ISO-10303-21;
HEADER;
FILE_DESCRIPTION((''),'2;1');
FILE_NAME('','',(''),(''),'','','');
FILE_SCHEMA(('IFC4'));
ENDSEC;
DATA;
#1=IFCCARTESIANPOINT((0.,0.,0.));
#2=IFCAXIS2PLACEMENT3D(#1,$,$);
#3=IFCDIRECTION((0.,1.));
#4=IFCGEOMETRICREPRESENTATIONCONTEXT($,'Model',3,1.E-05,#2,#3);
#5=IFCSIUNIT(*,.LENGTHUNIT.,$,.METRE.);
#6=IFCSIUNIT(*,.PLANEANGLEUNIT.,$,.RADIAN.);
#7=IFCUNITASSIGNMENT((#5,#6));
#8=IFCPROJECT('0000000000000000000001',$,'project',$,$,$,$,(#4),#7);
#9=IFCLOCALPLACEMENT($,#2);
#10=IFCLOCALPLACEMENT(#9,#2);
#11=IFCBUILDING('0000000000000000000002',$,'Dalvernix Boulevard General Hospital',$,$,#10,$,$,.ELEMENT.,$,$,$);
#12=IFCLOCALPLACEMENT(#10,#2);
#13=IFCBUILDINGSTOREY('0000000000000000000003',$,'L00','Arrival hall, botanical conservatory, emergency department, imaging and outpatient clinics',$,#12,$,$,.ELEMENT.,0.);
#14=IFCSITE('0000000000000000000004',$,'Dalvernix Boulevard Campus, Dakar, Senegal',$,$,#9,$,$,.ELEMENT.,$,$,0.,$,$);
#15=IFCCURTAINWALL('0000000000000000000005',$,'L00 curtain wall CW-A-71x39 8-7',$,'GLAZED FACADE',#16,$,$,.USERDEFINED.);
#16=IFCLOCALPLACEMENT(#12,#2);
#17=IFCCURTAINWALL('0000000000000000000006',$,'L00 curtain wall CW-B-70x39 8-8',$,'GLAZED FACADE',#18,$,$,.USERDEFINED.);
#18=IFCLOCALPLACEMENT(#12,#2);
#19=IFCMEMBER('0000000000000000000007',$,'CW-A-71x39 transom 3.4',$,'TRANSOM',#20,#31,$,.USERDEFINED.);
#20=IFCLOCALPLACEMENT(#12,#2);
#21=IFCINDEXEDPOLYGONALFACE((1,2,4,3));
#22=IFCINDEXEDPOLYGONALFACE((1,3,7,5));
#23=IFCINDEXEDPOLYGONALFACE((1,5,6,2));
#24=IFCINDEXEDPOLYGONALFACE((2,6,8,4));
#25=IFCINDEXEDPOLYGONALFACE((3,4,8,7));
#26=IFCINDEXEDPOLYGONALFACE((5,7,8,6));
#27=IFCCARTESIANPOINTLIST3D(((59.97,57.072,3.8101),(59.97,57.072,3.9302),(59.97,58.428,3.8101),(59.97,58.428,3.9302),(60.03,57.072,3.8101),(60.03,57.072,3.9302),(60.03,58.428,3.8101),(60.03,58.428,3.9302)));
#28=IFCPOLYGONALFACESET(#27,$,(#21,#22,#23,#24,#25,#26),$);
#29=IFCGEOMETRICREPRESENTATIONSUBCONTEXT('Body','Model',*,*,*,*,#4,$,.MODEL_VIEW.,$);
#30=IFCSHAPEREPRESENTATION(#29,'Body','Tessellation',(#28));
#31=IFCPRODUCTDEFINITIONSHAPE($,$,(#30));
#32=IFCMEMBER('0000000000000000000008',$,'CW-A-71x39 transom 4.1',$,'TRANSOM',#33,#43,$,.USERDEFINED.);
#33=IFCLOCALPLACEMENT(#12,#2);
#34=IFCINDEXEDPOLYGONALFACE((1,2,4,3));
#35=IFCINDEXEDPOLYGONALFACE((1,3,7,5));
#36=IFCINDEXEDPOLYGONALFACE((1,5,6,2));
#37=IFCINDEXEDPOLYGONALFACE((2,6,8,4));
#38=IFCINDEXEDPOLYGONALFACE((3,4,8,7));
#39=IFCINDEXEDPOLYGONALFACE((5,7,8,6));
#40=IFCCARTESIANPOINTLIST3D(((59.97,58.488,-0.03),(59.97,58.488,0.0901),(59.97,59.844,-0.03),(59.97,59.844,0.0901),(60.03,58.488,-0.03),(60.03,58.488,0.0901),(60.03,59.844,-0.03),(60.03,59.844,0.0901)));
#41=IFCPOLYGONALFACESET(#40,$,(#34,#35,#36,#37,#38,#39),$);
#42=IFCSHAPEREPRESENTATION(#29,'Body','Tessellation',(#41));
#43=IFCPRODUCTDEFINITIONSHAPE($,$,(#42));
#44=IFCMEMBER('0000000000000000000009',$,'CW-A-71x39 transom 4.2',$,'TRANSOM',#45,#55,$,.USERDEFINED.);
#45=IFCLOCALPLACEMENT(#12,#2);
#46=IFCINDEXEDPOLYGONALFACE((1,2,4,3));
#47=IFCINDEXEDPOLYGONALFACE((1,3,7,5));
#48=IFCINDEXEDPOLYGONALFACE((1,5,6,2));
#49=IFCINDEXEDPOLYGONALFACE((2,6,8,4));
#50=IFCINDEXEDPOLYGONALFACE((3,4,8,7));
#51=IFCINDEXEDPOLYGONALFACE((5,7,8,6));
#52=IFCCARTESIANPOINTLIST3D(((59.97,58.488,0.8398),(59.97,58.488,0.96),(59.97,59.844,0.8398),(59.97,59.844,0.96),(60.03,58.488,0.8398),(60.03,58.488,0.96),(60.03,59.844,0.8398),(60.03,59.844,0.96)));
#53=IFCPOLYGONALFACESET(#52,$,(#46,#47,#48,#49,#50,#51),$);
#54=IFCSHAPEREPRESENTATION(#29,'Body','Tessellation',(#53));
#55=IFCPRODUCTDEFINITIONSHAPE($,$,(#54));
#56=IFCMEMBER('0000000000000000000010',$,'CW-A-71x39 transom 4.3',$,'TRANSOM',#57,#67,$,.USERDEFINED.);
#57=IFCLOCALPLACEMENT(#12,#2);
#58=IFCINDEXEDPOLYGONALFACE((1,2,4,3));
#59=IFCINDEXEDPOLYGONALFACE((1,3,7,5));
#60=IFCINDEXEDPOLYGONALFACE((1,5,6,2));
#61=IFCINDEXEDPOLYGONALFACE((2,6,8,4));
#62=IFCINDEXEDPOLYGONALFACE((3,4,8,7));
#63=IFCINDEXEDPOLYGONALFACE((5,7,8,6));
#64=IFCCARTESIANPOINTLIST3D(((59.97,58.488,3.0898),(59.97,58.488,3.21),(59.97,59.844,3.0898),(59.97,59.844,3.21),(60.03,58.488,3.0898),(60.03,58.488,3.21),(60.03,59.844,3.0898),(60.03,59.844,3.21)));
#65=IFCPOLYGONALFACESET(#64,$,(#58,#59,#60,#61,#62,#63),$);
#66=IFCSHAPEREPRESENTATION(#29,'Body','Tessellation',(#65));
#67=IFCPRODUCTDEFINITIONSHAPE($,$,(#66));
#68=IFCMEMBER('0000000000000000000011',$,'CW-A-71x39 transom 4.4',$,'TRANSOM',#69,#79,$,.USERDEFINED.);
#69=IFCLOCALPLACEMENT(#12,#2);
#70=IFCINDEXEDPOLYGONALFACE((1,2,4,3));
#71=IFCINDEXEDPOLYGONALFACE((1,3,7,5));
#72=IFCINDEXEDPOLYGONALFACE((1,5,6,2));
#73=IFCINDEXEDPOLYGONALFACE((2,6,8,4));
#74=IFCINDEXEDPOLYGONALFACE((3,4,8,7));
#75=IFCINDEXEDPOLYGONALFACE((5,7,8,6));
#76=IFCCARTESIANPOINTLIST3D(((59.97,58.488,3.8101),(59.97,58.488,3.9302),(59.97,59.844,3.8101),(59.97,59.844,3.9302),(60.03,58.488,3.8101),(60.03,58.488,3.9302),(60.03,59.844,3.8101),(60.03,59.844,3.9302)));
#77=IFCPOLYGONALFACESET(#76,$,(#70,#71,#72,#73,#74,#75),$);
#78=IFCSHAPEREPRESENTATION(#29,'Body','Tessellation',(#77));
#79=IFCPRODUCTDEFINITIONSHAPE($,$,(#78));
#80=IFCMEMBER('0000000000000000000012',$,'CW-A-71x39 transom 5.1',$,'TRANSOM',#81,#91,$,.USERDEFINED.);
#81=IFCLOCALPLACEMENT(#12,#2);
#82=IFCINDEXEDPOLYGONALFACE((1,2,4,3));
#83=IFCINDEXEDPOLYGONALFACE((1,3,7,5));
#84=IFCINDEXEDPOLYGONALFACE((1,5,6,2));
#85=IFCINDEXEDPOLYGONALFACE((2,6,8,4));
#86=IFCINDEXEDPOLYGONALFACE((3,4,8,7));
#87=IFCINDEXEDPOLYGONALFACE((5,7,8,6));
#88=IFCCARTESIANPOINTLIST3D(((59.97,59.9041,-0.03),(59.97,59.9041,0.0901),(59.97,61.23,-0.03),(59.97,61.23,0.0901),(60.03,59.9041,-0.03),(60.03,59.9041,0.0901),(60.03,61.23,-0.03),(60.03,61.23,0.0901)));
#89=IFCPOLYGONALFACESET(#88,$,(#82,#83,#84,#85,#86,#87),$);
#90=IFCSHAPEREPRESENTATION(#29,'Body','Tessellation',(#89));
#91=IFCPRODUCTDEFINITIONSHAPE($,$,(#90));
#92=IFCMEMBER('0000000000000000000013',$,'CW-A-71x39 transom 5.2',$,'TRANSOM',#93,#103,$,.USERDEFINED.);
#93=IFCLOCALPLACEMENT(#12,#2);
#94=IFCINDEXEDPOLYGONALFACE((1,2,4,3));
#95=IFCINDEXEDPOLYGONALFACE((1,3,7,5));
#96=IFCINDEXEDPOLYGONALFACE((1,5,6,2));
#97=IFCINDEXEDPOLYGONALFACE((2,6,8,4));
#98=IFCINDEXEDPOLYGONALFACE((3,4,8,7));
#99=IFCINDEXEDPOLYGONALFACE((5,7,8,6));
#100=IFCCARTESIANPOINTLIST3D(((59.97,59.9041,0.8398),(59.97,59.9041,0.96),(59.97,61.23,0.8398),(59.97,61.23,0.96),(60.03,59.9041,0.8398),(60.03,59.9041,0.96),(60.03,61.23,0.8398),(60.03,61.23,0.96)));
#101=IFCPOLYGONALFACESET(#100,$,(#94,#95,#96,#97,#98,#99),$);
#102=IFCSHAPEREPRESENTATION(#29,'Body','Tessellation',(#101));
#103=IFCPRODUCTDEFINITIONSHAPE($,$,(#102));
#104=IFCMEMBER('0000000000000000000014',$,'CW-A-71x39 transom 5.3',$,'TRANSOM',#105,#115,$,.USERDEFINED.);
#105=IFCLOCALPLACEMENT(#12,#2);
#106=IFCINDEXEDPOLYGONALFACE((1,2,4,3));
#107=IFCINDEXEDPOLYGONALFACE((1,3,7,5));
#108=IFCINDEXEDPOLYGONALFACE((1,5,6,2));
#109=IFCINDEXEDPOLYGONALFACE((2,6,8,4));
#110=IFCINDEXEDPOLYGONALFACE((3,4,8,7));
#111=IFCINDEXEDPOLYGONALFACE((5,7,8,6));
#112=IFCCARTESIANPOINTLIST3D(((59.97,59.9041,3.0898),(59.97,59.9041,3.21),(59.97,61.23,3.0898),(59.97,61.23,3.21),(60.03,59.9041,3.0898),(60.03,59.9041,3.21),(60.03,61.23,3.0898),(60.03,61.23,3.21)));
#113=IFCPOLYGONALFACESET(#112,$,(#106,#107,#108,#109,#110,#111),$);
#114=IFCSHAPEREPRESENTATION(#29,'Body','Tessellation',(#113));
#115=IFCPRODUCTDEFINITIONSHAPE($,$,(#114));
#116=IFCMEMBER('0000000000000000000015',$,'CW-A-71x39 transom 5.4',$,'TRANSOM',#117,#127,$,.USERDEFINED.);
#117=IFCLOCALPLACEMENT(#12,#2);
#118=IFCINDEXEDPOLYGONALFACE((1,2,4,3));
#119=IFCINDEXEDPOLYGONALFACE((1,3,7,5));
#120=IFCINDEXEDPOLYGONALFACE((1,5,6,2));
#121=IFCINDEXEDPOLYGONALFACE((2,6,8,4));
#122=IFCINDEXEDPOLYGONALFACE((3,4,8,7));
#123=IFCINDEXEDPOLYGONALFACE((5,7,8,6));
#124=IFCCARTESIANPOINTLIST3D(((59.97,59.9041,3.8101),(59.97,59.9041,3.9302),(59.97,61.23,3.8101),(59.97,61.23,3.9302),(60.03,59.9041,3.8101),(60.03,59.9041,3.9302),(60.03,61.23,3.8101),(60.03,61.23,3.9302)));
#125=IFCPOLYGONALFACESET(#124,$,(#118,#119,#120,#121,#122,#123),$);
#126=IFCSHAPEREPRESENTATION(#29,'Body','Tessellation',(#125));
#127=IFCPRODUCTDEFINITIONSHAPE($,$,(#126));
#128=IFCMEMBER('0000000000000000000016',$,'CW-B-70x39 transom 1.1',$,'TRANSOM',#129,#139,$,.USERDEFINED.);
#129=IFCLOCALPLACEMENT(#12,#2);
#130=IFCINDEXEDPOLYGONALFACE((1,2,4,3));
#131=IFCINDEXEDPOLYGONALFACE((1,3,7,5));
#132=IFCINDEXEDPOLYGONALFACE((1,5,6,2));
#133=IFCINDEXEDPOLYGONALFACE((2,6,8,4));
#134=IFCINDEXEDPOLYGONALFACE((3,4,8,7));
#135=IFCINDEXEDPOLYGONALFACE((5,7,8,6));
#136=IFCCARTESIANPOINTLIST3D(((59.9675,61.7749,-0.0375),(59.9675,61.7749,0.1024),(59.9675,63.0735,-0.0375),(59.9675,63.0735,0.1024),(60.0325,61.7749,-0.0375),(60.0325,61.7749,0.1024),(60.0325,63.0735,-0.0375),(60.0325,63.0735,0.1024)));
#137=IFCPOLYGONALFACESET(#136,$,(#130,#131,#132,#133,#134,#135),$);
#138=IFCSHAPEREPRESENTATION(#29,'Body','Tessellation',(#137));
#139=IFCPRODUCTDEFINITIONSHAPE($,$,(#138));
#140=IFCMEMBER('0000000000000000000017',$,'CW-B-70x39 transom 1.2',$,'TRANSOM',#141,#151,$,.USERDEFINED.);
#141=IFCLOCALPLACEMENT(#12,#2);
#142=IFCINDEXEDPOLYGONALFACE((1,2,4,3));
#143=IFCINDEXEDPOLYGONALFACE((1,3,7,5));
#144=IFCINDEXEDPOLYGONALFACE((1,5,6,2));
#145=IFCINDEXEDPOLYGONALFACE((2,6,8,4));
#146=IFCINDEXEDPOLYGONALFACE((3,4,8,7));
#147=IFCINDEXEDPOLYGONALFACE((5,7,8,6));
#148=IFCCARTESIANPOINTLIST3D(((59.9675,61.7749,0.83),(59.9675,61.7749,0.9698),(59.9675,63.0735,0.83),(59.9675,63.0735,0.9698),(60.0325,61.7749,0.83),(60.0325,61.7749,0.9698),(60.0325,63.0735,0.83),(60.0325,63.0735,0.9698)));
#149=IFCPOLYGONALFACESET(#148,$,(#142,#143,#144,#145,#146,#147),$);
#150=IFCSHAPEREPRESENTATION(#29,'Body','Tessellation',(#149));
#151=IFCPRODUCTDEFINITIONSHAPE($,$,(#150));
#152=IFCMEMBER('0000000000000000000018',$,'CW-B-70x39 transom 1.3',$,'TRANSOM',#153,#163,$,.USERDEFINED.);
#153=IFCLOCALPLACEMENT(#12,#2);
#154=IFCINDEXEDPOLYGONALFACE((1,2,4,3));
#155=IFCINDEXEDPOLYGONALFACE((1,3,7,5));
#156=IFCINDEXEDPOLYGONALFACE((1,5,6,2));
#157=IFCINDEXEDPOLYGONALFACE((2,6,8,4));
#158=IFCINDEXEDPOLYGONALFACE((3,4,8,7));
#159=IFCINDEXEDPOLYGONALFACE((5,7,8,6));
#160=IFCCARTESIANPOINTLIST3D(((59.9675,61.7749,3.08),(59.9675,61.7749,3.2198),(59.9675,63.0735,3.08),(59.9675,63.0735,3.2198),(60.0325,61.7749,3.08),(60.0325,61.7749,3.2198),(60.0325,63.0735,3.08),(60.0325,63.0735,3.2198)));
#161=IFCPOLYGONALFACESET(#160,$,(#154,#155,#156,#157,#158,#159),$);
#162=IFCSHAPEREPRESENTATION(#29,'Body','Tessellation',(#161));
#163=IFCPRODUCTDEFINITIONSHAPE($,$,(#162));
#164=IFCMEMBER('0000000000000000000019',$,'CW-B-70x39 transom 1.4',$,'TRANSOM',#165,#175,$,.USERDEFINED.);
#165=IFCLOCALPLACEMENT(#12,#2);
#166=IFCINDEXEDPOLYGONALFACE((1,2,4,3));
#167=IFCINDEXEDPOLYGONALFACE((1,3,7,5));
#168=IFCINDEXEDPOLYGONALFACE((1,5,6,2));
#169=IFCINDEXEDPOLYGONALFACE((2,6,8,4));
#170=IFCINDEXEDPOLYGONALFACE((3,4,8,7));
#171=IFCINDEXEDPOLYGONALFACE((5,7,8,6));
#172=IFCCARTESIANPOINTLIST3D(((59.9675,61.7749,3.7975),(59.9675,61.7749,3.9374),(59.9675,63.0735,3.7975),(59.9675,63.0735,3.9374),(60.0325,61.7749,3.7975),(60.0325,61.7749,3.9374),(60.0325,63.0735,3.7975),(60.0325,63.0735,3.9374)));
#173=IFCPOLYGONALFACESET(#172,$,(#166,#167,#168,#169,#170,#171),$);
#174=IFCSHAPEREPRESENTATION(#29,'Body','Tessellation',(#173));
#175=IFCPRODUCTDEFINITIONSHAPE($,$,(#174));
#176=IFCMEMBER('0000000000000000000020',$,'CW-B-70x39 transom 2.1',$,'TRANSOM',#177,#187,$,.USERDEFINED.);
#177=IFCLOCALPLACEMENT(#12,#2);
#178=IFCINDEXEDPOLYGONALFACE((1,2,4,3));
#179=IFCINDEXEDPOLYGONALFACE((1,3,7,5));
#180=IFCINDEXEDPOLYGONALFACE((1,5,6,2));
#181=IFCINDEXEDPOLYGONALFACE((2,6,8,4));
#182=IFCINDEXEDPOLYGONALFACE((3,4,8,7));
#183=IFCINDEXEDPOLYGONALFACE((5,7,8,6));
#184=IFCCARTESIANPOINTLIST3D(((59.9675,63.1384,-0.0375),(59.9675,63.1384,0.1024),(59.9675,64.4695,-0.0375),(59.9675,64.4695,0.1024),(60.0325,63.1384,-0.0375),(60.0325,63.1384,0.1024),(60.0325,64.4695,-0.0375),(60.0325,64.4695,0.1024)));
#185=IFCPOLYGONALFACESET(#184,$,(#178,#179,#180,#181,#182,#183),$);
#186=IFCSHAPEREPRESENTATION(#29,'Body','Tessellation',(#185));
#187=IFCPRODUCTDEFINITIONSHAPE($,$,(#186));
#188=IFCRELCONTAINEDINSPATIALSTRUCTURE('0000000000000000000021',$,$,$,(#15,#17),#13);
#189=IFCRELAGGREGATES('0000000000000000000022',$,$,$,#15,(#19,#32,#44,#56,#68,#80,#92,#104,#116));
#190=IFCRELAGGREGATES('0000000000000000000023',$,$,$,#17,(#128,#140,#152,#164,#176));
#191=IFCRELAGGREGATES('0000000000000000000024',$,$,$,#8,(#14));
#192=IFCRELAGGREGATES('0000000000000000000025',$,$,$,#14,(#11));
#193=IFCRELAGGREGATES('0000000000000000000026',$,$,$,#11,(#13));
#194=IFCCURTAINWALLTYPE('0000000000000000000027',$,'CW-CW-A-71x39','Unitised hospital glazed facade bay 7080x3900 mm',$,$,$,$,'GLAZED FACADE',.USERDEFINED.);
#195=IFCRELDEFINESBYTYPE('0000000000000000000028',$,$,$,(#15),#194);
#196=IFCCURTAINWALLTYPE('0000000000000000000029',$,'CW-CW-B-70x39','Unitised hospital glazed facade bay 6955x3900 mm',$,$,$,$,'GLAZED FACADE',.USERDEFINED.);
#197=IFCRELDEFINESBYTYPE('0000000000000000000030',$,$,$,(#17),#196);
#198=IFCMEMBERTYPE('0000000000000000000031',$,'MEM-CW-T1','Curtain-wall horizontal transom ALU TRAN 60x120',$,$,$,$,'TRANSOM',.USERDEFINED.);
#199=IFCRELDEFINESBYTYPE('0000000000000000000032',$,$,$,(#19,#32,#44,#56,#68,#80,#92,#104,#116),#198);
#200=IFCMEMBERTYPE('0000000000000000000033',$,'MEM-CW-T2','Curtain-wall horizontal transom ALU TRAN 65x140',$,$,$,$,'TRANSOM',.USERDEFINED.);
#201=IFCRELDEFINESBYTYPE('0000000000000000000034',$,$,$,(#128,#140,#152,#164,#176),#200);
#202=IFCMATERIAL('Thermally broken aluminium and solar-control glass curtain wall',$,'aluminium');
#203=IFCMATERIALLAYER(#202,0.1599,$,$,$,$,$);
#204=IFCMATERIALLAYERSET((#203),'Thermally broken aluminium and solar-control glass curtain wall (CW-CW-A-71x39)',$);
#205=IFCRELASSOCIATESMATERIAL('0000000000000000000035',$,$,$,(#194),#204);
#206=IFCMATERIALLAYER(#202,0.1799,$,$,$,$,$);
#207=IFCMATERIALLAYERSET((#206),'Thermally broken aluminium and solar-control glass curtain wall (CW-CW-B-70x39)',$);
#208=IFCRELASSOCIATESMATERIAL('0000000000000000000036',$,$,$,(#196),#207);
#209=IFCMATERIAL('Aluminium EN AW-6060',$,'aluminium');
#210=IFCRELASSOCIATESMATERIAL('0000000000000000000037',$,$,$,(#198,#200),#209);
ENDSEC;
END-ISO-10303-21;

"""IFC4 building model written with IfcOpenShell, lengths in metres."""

from ifc_helpers import new_model, si_unit, direction, frame, origin, origin_2d, place, context, subcontext, project, spatial, rectangle, extrude, material, layer, layer_set, material_profile, profile_set, type_object, element, aggregate, save


model = new_model("IFC4")

# Units and contexts
model_context = context("Model", 3, precision=1e-05, world=origin(), true_north=direction((0.0, 1.0)))
body_context = subcontext(model_context, "Body", "Model", "MODEL_VIEW")
ifc_project = project(units=[si_unit("LENGTHUNIT", "METRE"), si_unit("PLANEANGLEUNIT", "RADIAN")], contexts=[model_context])

# Site, building, storey
site_placement = place(None, origin())
site = spatial("IfcSite", under=ifc_project, at=site_placement, Name="Dalvernix Boulevard Campus, Dakar, Senegal", CompositionType="ELEMENT", RefElevation=0.0)
building_placement = place(site_placement, origin())
building = spatial("IfcBuilding", under=site, at=building_placement, Name="Dalvernix Boulevard General Hospital", CompositionType="ELEMENT")
storey_placement = place(building_placement, origin())
storey = spatial("IfcBuildingStorey", under=building, at=storey_placement, Name="L00", Description="Arrival hall, botanical conservatory, emergency department, imaging and outpatient clinics", CompositionType="ELEMENT", Elevation=0.0)

# Curtain walls
ifc_material_1 = material(Name="Thermally broken aluminium and solar-control glass curtain wall", Category="aluminium")
ifc_layer_1 = layer(ifc_material_1, 0.1599)
ifc_layer_set_1 = layer_set([ifc_layer_1], Name="Thermally broken aluminium and solar-control glass curtain wall (CW-CW-A-71x39)")
curtain_wall_type_1 = type_object("IfcCurtainWallType", Name="CW-CW-A-71x39", Description="Unitised hospital glazed facade bay 7080x3900 mm", ElementType="GLAZED FACADE", PredefinedType="USERDEFINED", material=ifc_layer_set_1)
curtain_wall_1_placement = place(storey_placement, origin())
curtain_wall_1 = element("IfcCurtainWall", 1, at=curtain_wall_1_placement, inside=storey, type_object=curtain_wall_type_1, Name="L00 curtain wall CW-A-71x39 8-7", ObjectType="GLAZED FACADE", PredefinedType="USERDEFINED")
ifc_material_2 = material(Name="Aluminium EN AW-6060", Category="aluminium")
ifc_layer_2 = layer(ifc_material_1, 0.1799)
ifc_layer_set_2 = layer_set([ifc_layer_2], Name="Thermally broken aluminium and solar-control glass curtain wall (CW-CW-B-70x39)")
curtain_wall_type_2 = type_object("IfcCurtainWallType", Name="CW-CW-B-70x39", Description="Unitised hospital glazed facade bay 6955x3900 mm", ElementType="GLAZED FACADE", PredefinedType="USERDEFINED", material=ifc_layer_set_2)
curtain_wall_2_placement = place(storey_placement, origin())
curtain_wall_2 = element("IfcCurtainWall", 2, at=curtain_wall_2_placement, inside=storey, type_object=curtain_wall_type_2, Name="L00 curtain wall CW-B-70x39 8-8", ObjectType="GLAZED FACADE", PredefinedType="USERDEFINED")

# Members
ifc_material_profile_1 = material_profile(ifc_material_2, rectangle(XDim=0.0601, YDim=0.1201, at=origin_2d()), Name="ALU TRAN 60x120")
ifc_profile_set_1 = profile_set([ifc_material_profile_1], Name="Aluminium EN AW-6060")
member_type_1 = type_object("IfcMemberType", Name="MEM-CW-T1", Description="Curtain-wall horizontal transom ALU TRAN 60x120", ElementType="TRANSOM", PredefinedType="USERDEFINED", material=ifc_profile_set_1)
member_1_placement = place(storey_placement, frame((60.0, 57.072, 3.8701), z_axis=(0.0, 1.0, 0.0), x_axis=(-1.0, 0.0, 0.0)))
member_1 = element("IfcMember", 3, at=member_1_placement, type_object=member_type_1, Name="CW-A-71x39 transom 3.4", ObjectType="TRANSOM", PredefinedType="USERDEFINED", context=body_context, shape_type="SweptSolid", body=[
    extrude(rectangle(XDim=0.0601, YDim=0.1201, at=origin_2d()), origin(), (0.0, 0.0, 1.0), 1.356),
])
member_2_placement = place(storey_placement, frame((60.0, 58.488, 0.03), z_axis=(0.0, 1.0, 0.0), x_axis=(-1.0, 0.0, 0.0)))
member_2 = element("IfcMember", 4, at=member_2_placement, type_object=member_type_1, Name="CW-A-71x39 transom 4.1", ObjectType="TRANSOM", PredefinedType="USERDEFINED", context=body_context, shape_type="SweptSolid", body=[
    extrude(rectangle(XDim=0.0601, YDim=0.1201, at=origin_2d()), origin(), (0.0, 0.0, 1.0), 1.356),
])
member_3_placement = place(storey_placement, frame((60.0, 58.488, 0.8999), z_axis=(0.0, 1.0, 0.0), x_axis=(-1.0, 0.0, 0.0)))
member_3 = element("IfcMember", 5, at=member_3_placement, type_object=member_type_1, Name="CW-A-71x39 transom 4.2", ObjectType="TRANSOM", PredefinedType="USERDEFINED", context=body_context, shape_type="SweptSolid", body=[
    extrude(rectangle(XDim=0.0601, YDim=0.1201, at=origin_2d()), origin(), (0.0, 0.0, 1.0), 1.356),
])
member_4_placement = place(storey_placement, frame((60.0, 58.488, 3.1499), z_axis=(0.0, 1.0, 0.0), x_axis=(-1.0, 0.0, 0.0)))
member_4 = element("IfcMember", 6, at=member_4_placement, type_object=member_type_1, Name="CW-A-71x39 transom 4.3", ObjectType="TRANSOM", PredefinedType="USERDEFINED", context=body_context, shape_type="SweptSolid", body=[
    extrude(rectangle(XDim=0.0601, YDim=0.1201, at=origin_2d()), origin(), (0.0, 0.0, 1.0), 1.356),
])
member_5_placement = place(storey_placement, frame((60.0, 58.488, 3.8701), z_axis=(0.0, 1.0, 0.0), x_axis=(-1.0, 0.0, 0.0)))
member_5 = element("IfcMember", 7, at=member_5_placement, type_object=member_type_1, Name="CW-A-71x39 transom 4.4", ObjectType="TRANSOM", PredefinedType="USERDEFINED", context=body_context, shape_type="SweptSolid", body=[
    extrude(rectangle(XDim=0.0601, YDim=0.1201, at=origin_2d()), origin(), (0.0, 0.0, 1.0), 1.356),
])
member_6_placement = place(storey_placement, frame((60.0, 59.9041, 0.03), z_axis=(0.0, 1.0, 0.0), x_axis=(-1.0, 0.0, 0.0)))
member_6 = element("IfcMember", 8, at=member_6_placement, type_object=member_type_1, Name="CW-A-71x39 transom 5.1", ObjectType="TRANSOM", PredefinedType="USERDEFINED", context=body_context, shape_type="SweptSolid", body=[
    extrude(rectangle(XDim=0.0601, YDim=0.1201, at=origin_2d()), origin(), (0.0, 0.0, 1.0), 1.3259),
])
member_7_placement = place(storey_placement, frame((60.0, 59.9041, 0.8999), z_axis=(0.0, 1.0, 0.0), x_axis=(-1.0, 0.0, 0.0)))
member_7 = element("IfcMember", 9, at=member_7_placement, type_object=member_type_1, Name="CW-A-71x39 transom 5.2", ObjectType="TRANSOM", PredefinedType="USERDEFINED", context=body_context, shape_type="SweptSolid", body=[
    extrude(rectangle(XDim=0.0601, YDim=0.1201, at=origin_2d()), origin(), (0.0, 0.0, 1.0), 1.3259),
])
member_8_placement = place(storey_placement, frame((60.0, 59.9041, 3.1499), z_axis=(0.0, 1.0, 0.0), x_axis=(-1.0, 0.0, 0.0)))
member_8 = element("IfcMember", 10, at=member_8_placement, type_object=member_type_1, Name="CW-A-71x39 transom 5.3", ObjectType="TRANSOM", PredefinedType="USERDEFINED", context=body_context, shape_type="SweptSolid", body=[
    extrude(rectangle(XDim=0.0601, YDim=0.1201, at=origin_2d()), origin(), (0.0, 0.0, 1.0), 1.3259),
])
member_9_placement = place(storey_placement, frame((60.0, 59.9041, 3.8701), z_axis=(0.0, 1.0, 0.0), x_axis=(-1.0, 0.0, 0.0)))
member_9 = element("IfcMember", 11, at=member_9_placement, type_object=member_type_1, Name="CW-A-71x39 transom 5.4", ObjectType="TRANSOM", PredefinedType="USERDEFINED", context=body_context, shape_type="SweptSolid", body=[
    extrude(rectangle(XDim=0.0601, YDim=0.1201, at=origin_2d()), origin(), (0.0, 0.0, 1.0), 1.3259),
])
ifc_material_profile_2 = material_profile(ifc_material_2, rectangle(XDim=0.0649, YDim=0.1399, at=origin_2d()), Name="ALU TRAN 65x140")
ifc_profile_set_2 = profile_set([ifc_material_profile_2], Name="Aluminium EN AW-6060")
member_type_2 = type_object("IfcMemberType", Name="MEM-CW-T2", Description="Curtain-wall horizontal transom ALU TRAN 65x140", ElementType="TRANSOM", PredefinedType="USERDEFINED", material=ifc_profile_set_2)
member_10_placement = place(storey_placement, frame((60.0, 61.7749, 0.0325), z_axis=(0.0, 1.0, 0.0), x_axis=(-1.0, 0.0, 0.0)))
member_10 = element("IfcMember", 12, at=member_10_placement, type_object=member_type_2, Name="CW-B-70x39 transom 1.1", ObjectType="TRANSOM", PredefinedType="USERDEFINED", context=body_context, shape_type="SweptSolid", body=[
    extrude(rectangle(XDim=0.0649, YDim=0.1399, at=origin_2d()), origin(), (0.0, 0.0, 1.0), 1.2986),
])
member_11_placement = place(storey_placement, frame((60.0, 61.7749, 0.8999), z_axis=(0.0, 1.0, 0.0), x_axis=(-1.0, 0.0, 0.0)))
member_11 = element("IfcMember", 13, at=member_11_placement, type_object=member_type_2, Name="CW-B-70x39 transom 1.2", ObjectType="TRANSOM", PredefinedType="USERDEFINED", context=body_context, shape_type="SweptSolid", body=[
    extrude(rectangle(XDim=0.0649, YDim=0.1399, at=origin_2d()), origin(), (0.0, 0.0, 1.0), 1.2986),
])
member_12_placement = place(storey_placement, frame((60.0, 61.7749, 3.1499), z_axis=(0.0, 1.0, 0.0), x_axis=(-1.0, 0.0, 0.0)))
member_12 = element("IfcMember", 14, at=member_12_placement, type_object=member_type_2, Name="CW-B-70x39 transom 1.3", ObjectType="TRANSOM", PredefinedType="USERDEFINED", context=body_context, shape_type="SweptSolid", body=[
    extrude(rectangle(XDim=0.0649, YDim=0.1399, at=origin_2d()), origin(), (0.0, 0.0, 1.0), 1.2986),
])
member_13_placement = place(storey_placement, frame((60.0, 61.7749, 3.8674), z_axis=(0.0, 1.0, 0.0), x_axis=(-1.0, 0.0, 0.0)))
member_13 = element("IfcMember", 15, at=member_13_placement, type_object=member_type_2, Name="CW-B-70x39 transom 1.4", ObjectType="TRANSOM", PredefinedType="USERDEFINED", context=body_context, shape_type="SweptSolid", body=[
    extrude(rectangle(XDim=0.0649, YDim=0.1399, at=origin_2d()), origin(), (0.0, 0.0, 1.0), 1.2986),
])
member_14_placement = place(storey_placement, frame((60.0, 63.1384, 0.0325), z_axis=(0.0, 1.0, 0.0), x_axis=(-1.0, 0.0, 0.0)))
member_14 = element("IfcMember", 16, at=member_14_placement, type_object=member_type_2, Name="CW-B-70x39 transom 2.1", ObjectType="TRANSOM", PredefinedType="USERDEFINED", context=body_context, shape_type="SweptSolid", body=[
    extrude(rectangle(XDim=0.0649, YDim=0.1399, at=origin_2d()), origin(), (0.0, 0.0, 1.0), 1.3311),
])

aggregate(curtain_wall_1, [member_1, member_2, member_3, member_4, member_5, member_6, member_7, member_8, member_9])
aggregate(curtain_wall_2, [member_10, member_11, member_12, member_13, member_14])

save(model, "model.ifc")
